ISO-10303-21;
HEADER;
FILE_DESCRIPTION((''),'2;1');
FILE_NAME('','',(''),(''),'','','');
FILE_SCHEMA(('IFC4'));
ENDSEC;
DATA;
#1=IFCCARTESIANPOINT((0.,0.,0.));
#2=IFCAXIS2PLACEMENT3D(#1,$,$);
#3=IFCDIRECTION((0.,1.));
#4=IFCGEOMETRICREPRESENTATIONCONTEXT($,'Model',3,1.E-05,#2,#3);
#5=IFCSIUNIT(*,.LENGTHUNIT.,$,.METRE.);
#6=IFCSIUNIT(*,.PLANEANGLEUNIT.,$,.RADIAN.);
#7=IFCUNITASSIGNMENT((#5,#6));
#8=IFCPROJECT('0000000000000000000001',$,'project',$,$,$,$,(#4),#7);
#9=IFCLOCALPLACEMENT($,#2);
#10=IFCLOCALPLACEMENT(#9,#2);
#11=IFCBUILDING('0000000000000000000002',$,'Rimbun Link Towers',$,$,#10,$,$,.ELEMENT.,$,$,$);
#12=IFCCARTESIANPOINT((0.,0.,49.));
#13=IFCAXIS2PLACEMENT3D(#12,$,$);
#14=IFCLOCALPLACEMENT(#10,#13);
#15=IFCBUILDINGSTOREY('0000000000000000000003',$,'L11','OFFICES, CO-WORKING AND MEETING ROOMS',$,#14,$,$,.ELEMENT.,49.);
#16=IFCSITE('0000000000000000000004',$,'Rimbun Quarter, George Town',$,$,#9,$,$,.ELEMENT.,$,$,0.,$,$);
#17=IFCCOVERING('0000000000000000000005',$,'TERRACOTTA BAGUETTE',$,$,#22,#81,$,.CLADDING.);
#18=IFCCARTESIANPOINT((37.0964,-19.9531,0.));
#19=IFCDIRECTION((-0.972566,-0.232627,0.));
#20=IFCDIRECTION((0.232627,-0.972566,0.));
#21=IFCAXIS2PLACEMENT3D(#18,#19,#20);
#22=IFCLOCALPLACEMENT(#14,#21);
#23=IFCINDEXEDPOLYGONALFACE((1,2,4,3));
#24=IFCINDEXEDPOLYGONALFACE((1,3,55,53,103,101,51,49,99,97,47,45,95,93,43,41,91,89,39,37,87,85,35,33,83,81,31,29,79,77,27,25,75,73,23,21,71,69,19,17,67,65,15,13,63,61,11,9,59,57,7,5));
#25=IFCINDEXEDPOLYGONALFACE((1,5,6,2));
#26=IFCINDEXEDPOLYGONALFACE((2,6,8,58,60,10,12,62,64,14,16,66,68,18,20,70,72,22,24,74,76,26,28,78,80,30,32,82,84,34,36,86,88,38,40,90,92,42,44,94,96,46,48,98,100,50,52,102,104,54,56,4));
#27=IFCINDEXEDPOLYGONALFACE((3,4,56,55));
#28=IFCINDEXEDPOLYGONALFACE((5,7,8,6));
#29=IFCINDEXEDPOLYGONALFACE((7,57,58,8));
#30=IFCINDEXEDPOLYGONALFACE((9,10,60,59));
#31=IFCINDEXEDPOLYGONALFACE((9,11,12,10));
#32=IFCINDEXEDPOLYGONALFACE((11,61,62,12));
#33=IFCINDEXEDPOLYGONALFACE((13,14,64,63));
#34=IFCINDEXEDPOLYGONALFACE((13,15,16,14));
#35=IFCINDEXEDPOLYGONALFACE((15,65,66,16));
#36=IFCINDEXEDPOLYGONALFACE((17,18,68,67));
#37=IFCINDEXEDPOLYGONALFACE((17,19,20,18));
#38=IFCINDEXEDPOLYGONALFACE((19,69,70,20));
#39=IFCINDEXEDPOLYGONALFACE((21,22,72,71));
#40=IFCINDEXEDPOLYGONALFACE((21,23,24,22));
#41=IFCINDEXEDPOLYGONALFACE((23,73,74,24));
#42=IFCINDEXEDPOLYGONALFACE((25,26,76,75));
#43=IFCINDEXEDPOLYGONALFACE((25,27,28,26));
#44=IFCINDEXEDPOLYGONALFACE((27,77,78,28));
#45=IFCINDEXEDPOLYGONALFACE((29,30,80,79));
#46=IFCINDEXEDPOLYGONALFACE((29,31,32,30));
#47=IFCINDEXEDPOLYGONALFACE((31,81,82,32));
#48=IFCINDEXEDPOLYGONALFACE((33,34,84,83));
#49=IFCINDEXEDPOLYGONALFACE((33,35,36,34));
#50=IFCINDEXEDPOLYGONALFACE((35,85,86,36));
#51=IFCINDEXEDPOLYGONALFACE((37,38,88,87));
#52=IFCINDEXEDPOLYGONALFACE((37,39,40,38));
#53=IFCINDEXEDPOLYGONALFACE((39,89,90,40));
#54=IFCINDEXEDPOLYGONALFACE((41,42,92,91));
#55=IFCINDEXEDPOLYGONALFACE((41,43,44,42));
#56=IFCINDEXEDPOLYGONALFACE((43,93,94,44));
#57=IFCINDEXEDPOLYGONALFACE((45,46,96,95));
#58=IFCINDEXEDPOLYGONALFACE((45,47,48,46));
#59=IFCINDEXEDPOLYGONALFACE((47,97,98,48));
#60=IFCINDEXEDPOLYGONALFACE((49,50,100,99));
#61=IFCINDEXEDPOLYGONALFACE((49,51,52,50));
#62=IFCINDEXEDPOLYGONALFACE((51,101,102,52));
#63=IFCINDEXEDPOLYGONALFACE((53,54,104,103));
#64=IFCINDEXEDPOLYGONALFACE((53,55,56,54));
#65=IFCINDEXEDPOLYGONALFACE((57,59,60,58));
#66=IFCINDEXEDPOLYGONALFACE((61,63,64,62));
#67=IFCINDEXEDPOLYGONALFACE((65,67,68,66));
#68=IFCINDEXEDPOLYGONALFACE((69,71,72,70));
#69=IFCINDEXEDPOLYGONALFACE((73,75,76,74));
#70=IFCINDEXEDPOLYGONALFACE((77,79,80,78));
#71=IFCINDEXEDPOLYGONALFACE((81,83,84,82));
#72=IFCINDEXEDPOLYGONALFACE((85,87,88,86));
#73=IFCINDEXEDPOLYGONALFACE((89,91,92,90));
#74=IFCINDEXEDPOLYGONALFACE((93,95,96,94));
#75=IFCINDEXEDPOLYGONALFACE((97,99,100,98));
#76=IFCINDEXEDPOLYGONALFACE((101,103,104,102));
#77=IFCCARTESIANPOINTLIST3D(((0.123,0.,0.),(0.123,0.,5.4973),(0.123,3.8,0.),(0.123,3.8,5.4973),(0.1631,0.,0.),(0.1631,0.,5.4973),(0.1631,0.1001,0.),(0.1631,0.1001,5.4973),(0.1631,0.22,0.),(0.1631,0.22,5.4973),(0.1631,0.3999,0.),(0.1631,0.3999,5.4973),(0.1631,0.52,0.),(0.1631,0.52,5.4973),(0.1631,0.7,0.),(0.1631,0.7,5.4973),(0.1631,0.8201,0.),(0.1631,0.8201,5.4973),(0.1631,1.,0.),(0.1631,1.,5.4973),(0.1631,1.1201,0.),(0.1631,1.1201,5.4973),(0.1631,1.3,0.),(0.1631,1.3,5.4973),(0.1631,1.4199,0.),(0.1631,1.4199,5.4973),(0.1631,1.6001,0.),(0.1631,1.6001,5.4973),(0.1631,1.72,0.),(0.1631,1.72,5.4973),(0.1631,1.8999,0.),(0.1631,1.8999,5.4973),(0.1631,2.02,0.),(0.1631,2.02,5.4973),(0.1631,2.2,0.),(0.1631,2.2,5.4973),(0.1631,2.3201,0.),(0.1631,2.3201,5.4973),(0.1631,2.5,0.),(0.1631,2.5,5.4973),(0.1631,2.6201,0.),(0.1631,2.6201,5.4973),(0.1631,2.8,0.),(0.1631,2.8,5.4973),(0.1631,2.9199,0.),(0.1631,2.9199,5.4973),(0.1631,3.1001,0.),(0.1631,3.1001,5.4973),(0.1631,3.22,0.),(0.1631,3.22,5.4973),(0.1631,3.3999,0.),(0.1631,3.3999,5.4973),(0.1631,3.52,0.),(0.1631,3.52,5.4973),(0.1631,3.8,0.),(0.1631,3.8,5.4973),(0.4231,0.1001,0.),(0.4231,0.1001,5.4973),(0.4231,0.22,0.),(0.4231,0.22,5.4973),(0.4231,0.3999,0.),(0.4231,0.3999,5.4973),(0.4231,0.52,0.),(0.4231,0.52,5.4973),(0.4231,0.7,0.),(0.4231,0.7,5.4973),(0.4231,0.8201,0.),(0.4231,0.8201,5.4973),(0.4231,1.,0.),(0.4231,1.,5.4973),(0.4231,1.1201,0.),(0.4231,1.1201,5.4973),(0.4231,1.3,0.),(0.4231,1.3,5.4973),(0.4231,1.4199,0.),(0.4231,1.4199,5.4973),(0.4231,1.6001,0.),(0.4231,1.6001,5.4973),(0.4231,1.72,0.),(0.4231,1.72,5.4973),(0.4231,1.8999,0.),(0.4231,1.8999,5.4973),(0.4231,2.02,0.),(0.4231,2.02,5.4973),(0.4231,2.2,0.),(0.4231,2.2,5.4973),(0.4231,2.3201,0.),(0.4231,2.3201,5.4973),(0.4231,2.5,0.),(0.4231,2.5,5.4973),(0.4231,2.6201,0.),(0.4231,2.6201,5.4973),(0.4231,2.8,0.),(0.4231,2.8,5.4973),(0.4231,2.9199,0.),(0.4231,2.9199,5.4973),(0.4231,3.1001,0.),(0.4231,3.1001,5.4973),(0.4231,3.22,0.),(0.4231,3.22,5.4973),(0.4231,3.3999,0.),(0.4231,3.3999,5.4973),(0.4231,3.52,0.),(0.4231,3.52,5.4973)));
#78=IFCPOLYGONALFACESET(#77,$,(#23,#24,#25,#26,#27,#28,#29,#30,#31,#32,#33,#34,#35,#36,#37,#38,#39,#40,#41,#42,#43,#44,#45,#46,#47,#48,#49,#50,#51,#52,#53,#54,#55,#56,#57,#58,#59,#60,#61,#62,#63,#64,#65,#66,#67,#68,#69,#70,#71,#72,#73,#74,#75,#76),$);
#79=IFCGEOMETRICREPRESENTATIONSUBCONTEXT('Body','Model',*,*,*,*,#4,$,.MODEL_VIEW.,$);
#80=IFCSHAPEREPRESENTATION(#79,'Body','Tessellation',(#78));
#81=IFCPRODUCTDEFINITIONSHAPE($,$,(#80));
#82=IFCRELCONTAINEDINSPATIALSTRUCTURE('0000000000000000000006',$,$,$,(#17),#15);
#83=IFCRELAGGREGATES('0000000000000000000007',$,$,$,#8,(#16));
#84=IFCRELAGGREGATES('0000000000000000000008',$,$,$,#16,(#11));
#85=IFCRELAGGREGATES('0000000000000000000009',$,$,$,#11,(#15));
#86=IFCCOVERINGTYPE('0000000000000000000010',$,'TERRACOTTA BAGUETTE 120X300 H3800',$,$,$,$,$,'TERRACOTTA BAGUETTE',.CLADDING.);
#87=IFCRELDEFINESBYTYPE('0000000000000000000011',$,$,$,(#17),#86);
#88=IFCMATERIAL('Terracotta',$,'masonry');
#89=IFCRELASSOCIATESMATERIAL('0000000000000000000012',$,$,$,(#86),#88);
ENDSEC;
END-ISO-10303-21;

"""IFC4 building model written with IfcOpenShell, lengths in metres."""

from ifc_helpers import new_model, si_unit, direction, frame, origin, place, context, subcontext, project, spatial, polyline, outline, extrude, material, material_profile, profile_set, type_object, element, save


model = new_model("IFC4")

# Units and contexts
model_context = context("Model", 3, precision=1e-05, world=origin(), true_north=direction((0.0, 1.0)))
body_context = subcontext(model_context, "Body", "Model", "MODEL_VIEW")
ifc_project = project(units=[si_unit("LENGTHUNIT", "METRE"), si_unit("PLANEANGLEUNIT", "RADIAN")], contexts=[model_context])

# Site, building, storey
site_placement = place(None, origin())
site = spatial("IfcSite", under=ifc_project, at=site_placement, Name="Rimbun Quarter, George Town", CompositionType="ELEMENT", RefElevation=0.0)
building_placement = place(site_placement, origin())
building = spatial("IfcBuilding", under=site, at=building_placement, Name="Rimbun Link Towers", CompositionType="ELEMENT")
storey_placement = place(building_placement, frame((0.0, 0.0, 49.0)))
storey = spatial("IfcBuildingStorey", under=building, at=storey_placement, Name="L11", Description="OFFICES, CO-WORKING AND MEETING ROOMS", CompositionType="ELEMENT", Elevation=49.0)

# Covering
ifc_material_1 = material(Name="Terracotta", Category="masonry")
ifc_material_profile_1 = material_profile(ifc_material_1, outline(polyline([(0.123, 0.0), (0.1631, 0.0), (0.1631, 0.1001), (0.4231, 0.1001), (0.4231, 0.22), (0.1631, 0.22), (0.1631, 0.3999), (0.4231, 0.3999), (0.4231, 0.52), (0.1631, 0.52), (0.1631, 0.7), (0.4231, 0.7), (0.4231, 0.8201), (0.1631, 0.8201), (0.1631, 1.0), (0.4231, 1.0), (0.4231, 1.1201), (0.1631, 1.1201), (0.1631, 1.3), (0.4231, 1.3), (0.4231, 1.4199), (0.1631, 1.4199), (0.1631, 1.6001), (0.4231, 1.6001), (0.4231, 1.72), (0.1631, 1.72), (0.1631, 1.8999), (0.4231, 1.8999), (0.4231, 2.02), (0.1631, 2.02), (0.1631, 2.2), (0.4231, 2.2), (0.4231, 2.3201), (0.1631, 2.3201), (0.1631, 2.5), (0.4231, 2.5), (0.4231, 2.6201), (0.1631, 2.6201), (0.1631, 2.8), (0.4231, 2.8), (0.4231, 2.9199), (0.1631, 2.9199), (0.1631, 3.1001), (0.4231, 3.1001), (0.4231, 3.22), (0.1631, 3.22), (0.1631, 3.3999), (0.4231, 3.3999), (0.4231, 3.52), (0.1631, 3.52), (0.1631, 3.8), (0.123, 3.8), (0.123, 0.0)])), Name="BAGUETTE 120X300")
ifc_profile_set_1 = profile_set([ifc_material_profile_1], Name="Terracotta")
covering_type = type_object("IfcCoveringType", Name="TERRACOTTA BAGUETTE 120X300 H3800", ElementType="TERRACOTTA BAGUETTE", PredefinedType="CLADDING", material=ifc_profile_set_1)
covering_1_placement = place(storey_placement, frame((37.0964, -19.9531, 0.0), z_axis=(-0.972566, -0.232627, 0.0), x_axis=(0.232627, -0.972566, 0.0)))
element("IfcCovering", 1, at=covering_1_placement, inside=storey, type_object=covering_type, Name="TERRACOTTA BAGUETTE", PredefinedType="CLADDING", context=body_context, shape_type="SweptSolid", body=[
    extrude(outline(polyline([(0.123, 0.0), (0.1631, 0.0), (0.1631, 0.1001), (0.4231, 0.1001), (0.4231, 0.22), (0.1631, 0.22), (0.1631, 0.3999), (0.4231, 0.3999), (0.4231, 0.52), (0.1631, 0.52), (0.1631, 0.7), (0.4231, 0.7), (0.4231, 0.8201), (0.1631, 0.8201), (0.1631, 1.0), (0.4231, 1.0), (0.4231, 1.1201), (0.1631, 1.1201), (0.1631, 1.3), (0.4231, 1.3), (0.4231, 1.4199), (0.1631, 1.4199), (0.1631, 1.6001), (0.4231, 1.6001), (0.4231, 1.72), (0.1631, 1.72), (0.1631, 1.8999), (0.4231, 1.8999), (0.4231, 2.02), (0.1631, 2.02), (0.1631, 2.2), (0.4231, 2.2), (0.4231, 2.3201), (0.1631, 2.3201), (0.1631, 2.5), (0.4231, 2.5), (0.4231, 2.6201), (0.1631, 2.6201), (0.1631, 2.8), (0.4231, 2.8), (0.4231, 2.9199), (0.1631, 2.9199), (0.1631, 3.1001), (0.4231, 3.1001), (0.4231, 3.22), (0.1631, 3.22), (0.1631, 3.3999), (0.4231, 3.3999), (0.4231, 3.52), (0.1631, 3.52), (0.1631, 3.8), (0.123, 3.8), (0.123, 0.0)])), origin(), (0.0, 0.0, 1.0), 5.4973),
])

save(model, "model.ifc")
